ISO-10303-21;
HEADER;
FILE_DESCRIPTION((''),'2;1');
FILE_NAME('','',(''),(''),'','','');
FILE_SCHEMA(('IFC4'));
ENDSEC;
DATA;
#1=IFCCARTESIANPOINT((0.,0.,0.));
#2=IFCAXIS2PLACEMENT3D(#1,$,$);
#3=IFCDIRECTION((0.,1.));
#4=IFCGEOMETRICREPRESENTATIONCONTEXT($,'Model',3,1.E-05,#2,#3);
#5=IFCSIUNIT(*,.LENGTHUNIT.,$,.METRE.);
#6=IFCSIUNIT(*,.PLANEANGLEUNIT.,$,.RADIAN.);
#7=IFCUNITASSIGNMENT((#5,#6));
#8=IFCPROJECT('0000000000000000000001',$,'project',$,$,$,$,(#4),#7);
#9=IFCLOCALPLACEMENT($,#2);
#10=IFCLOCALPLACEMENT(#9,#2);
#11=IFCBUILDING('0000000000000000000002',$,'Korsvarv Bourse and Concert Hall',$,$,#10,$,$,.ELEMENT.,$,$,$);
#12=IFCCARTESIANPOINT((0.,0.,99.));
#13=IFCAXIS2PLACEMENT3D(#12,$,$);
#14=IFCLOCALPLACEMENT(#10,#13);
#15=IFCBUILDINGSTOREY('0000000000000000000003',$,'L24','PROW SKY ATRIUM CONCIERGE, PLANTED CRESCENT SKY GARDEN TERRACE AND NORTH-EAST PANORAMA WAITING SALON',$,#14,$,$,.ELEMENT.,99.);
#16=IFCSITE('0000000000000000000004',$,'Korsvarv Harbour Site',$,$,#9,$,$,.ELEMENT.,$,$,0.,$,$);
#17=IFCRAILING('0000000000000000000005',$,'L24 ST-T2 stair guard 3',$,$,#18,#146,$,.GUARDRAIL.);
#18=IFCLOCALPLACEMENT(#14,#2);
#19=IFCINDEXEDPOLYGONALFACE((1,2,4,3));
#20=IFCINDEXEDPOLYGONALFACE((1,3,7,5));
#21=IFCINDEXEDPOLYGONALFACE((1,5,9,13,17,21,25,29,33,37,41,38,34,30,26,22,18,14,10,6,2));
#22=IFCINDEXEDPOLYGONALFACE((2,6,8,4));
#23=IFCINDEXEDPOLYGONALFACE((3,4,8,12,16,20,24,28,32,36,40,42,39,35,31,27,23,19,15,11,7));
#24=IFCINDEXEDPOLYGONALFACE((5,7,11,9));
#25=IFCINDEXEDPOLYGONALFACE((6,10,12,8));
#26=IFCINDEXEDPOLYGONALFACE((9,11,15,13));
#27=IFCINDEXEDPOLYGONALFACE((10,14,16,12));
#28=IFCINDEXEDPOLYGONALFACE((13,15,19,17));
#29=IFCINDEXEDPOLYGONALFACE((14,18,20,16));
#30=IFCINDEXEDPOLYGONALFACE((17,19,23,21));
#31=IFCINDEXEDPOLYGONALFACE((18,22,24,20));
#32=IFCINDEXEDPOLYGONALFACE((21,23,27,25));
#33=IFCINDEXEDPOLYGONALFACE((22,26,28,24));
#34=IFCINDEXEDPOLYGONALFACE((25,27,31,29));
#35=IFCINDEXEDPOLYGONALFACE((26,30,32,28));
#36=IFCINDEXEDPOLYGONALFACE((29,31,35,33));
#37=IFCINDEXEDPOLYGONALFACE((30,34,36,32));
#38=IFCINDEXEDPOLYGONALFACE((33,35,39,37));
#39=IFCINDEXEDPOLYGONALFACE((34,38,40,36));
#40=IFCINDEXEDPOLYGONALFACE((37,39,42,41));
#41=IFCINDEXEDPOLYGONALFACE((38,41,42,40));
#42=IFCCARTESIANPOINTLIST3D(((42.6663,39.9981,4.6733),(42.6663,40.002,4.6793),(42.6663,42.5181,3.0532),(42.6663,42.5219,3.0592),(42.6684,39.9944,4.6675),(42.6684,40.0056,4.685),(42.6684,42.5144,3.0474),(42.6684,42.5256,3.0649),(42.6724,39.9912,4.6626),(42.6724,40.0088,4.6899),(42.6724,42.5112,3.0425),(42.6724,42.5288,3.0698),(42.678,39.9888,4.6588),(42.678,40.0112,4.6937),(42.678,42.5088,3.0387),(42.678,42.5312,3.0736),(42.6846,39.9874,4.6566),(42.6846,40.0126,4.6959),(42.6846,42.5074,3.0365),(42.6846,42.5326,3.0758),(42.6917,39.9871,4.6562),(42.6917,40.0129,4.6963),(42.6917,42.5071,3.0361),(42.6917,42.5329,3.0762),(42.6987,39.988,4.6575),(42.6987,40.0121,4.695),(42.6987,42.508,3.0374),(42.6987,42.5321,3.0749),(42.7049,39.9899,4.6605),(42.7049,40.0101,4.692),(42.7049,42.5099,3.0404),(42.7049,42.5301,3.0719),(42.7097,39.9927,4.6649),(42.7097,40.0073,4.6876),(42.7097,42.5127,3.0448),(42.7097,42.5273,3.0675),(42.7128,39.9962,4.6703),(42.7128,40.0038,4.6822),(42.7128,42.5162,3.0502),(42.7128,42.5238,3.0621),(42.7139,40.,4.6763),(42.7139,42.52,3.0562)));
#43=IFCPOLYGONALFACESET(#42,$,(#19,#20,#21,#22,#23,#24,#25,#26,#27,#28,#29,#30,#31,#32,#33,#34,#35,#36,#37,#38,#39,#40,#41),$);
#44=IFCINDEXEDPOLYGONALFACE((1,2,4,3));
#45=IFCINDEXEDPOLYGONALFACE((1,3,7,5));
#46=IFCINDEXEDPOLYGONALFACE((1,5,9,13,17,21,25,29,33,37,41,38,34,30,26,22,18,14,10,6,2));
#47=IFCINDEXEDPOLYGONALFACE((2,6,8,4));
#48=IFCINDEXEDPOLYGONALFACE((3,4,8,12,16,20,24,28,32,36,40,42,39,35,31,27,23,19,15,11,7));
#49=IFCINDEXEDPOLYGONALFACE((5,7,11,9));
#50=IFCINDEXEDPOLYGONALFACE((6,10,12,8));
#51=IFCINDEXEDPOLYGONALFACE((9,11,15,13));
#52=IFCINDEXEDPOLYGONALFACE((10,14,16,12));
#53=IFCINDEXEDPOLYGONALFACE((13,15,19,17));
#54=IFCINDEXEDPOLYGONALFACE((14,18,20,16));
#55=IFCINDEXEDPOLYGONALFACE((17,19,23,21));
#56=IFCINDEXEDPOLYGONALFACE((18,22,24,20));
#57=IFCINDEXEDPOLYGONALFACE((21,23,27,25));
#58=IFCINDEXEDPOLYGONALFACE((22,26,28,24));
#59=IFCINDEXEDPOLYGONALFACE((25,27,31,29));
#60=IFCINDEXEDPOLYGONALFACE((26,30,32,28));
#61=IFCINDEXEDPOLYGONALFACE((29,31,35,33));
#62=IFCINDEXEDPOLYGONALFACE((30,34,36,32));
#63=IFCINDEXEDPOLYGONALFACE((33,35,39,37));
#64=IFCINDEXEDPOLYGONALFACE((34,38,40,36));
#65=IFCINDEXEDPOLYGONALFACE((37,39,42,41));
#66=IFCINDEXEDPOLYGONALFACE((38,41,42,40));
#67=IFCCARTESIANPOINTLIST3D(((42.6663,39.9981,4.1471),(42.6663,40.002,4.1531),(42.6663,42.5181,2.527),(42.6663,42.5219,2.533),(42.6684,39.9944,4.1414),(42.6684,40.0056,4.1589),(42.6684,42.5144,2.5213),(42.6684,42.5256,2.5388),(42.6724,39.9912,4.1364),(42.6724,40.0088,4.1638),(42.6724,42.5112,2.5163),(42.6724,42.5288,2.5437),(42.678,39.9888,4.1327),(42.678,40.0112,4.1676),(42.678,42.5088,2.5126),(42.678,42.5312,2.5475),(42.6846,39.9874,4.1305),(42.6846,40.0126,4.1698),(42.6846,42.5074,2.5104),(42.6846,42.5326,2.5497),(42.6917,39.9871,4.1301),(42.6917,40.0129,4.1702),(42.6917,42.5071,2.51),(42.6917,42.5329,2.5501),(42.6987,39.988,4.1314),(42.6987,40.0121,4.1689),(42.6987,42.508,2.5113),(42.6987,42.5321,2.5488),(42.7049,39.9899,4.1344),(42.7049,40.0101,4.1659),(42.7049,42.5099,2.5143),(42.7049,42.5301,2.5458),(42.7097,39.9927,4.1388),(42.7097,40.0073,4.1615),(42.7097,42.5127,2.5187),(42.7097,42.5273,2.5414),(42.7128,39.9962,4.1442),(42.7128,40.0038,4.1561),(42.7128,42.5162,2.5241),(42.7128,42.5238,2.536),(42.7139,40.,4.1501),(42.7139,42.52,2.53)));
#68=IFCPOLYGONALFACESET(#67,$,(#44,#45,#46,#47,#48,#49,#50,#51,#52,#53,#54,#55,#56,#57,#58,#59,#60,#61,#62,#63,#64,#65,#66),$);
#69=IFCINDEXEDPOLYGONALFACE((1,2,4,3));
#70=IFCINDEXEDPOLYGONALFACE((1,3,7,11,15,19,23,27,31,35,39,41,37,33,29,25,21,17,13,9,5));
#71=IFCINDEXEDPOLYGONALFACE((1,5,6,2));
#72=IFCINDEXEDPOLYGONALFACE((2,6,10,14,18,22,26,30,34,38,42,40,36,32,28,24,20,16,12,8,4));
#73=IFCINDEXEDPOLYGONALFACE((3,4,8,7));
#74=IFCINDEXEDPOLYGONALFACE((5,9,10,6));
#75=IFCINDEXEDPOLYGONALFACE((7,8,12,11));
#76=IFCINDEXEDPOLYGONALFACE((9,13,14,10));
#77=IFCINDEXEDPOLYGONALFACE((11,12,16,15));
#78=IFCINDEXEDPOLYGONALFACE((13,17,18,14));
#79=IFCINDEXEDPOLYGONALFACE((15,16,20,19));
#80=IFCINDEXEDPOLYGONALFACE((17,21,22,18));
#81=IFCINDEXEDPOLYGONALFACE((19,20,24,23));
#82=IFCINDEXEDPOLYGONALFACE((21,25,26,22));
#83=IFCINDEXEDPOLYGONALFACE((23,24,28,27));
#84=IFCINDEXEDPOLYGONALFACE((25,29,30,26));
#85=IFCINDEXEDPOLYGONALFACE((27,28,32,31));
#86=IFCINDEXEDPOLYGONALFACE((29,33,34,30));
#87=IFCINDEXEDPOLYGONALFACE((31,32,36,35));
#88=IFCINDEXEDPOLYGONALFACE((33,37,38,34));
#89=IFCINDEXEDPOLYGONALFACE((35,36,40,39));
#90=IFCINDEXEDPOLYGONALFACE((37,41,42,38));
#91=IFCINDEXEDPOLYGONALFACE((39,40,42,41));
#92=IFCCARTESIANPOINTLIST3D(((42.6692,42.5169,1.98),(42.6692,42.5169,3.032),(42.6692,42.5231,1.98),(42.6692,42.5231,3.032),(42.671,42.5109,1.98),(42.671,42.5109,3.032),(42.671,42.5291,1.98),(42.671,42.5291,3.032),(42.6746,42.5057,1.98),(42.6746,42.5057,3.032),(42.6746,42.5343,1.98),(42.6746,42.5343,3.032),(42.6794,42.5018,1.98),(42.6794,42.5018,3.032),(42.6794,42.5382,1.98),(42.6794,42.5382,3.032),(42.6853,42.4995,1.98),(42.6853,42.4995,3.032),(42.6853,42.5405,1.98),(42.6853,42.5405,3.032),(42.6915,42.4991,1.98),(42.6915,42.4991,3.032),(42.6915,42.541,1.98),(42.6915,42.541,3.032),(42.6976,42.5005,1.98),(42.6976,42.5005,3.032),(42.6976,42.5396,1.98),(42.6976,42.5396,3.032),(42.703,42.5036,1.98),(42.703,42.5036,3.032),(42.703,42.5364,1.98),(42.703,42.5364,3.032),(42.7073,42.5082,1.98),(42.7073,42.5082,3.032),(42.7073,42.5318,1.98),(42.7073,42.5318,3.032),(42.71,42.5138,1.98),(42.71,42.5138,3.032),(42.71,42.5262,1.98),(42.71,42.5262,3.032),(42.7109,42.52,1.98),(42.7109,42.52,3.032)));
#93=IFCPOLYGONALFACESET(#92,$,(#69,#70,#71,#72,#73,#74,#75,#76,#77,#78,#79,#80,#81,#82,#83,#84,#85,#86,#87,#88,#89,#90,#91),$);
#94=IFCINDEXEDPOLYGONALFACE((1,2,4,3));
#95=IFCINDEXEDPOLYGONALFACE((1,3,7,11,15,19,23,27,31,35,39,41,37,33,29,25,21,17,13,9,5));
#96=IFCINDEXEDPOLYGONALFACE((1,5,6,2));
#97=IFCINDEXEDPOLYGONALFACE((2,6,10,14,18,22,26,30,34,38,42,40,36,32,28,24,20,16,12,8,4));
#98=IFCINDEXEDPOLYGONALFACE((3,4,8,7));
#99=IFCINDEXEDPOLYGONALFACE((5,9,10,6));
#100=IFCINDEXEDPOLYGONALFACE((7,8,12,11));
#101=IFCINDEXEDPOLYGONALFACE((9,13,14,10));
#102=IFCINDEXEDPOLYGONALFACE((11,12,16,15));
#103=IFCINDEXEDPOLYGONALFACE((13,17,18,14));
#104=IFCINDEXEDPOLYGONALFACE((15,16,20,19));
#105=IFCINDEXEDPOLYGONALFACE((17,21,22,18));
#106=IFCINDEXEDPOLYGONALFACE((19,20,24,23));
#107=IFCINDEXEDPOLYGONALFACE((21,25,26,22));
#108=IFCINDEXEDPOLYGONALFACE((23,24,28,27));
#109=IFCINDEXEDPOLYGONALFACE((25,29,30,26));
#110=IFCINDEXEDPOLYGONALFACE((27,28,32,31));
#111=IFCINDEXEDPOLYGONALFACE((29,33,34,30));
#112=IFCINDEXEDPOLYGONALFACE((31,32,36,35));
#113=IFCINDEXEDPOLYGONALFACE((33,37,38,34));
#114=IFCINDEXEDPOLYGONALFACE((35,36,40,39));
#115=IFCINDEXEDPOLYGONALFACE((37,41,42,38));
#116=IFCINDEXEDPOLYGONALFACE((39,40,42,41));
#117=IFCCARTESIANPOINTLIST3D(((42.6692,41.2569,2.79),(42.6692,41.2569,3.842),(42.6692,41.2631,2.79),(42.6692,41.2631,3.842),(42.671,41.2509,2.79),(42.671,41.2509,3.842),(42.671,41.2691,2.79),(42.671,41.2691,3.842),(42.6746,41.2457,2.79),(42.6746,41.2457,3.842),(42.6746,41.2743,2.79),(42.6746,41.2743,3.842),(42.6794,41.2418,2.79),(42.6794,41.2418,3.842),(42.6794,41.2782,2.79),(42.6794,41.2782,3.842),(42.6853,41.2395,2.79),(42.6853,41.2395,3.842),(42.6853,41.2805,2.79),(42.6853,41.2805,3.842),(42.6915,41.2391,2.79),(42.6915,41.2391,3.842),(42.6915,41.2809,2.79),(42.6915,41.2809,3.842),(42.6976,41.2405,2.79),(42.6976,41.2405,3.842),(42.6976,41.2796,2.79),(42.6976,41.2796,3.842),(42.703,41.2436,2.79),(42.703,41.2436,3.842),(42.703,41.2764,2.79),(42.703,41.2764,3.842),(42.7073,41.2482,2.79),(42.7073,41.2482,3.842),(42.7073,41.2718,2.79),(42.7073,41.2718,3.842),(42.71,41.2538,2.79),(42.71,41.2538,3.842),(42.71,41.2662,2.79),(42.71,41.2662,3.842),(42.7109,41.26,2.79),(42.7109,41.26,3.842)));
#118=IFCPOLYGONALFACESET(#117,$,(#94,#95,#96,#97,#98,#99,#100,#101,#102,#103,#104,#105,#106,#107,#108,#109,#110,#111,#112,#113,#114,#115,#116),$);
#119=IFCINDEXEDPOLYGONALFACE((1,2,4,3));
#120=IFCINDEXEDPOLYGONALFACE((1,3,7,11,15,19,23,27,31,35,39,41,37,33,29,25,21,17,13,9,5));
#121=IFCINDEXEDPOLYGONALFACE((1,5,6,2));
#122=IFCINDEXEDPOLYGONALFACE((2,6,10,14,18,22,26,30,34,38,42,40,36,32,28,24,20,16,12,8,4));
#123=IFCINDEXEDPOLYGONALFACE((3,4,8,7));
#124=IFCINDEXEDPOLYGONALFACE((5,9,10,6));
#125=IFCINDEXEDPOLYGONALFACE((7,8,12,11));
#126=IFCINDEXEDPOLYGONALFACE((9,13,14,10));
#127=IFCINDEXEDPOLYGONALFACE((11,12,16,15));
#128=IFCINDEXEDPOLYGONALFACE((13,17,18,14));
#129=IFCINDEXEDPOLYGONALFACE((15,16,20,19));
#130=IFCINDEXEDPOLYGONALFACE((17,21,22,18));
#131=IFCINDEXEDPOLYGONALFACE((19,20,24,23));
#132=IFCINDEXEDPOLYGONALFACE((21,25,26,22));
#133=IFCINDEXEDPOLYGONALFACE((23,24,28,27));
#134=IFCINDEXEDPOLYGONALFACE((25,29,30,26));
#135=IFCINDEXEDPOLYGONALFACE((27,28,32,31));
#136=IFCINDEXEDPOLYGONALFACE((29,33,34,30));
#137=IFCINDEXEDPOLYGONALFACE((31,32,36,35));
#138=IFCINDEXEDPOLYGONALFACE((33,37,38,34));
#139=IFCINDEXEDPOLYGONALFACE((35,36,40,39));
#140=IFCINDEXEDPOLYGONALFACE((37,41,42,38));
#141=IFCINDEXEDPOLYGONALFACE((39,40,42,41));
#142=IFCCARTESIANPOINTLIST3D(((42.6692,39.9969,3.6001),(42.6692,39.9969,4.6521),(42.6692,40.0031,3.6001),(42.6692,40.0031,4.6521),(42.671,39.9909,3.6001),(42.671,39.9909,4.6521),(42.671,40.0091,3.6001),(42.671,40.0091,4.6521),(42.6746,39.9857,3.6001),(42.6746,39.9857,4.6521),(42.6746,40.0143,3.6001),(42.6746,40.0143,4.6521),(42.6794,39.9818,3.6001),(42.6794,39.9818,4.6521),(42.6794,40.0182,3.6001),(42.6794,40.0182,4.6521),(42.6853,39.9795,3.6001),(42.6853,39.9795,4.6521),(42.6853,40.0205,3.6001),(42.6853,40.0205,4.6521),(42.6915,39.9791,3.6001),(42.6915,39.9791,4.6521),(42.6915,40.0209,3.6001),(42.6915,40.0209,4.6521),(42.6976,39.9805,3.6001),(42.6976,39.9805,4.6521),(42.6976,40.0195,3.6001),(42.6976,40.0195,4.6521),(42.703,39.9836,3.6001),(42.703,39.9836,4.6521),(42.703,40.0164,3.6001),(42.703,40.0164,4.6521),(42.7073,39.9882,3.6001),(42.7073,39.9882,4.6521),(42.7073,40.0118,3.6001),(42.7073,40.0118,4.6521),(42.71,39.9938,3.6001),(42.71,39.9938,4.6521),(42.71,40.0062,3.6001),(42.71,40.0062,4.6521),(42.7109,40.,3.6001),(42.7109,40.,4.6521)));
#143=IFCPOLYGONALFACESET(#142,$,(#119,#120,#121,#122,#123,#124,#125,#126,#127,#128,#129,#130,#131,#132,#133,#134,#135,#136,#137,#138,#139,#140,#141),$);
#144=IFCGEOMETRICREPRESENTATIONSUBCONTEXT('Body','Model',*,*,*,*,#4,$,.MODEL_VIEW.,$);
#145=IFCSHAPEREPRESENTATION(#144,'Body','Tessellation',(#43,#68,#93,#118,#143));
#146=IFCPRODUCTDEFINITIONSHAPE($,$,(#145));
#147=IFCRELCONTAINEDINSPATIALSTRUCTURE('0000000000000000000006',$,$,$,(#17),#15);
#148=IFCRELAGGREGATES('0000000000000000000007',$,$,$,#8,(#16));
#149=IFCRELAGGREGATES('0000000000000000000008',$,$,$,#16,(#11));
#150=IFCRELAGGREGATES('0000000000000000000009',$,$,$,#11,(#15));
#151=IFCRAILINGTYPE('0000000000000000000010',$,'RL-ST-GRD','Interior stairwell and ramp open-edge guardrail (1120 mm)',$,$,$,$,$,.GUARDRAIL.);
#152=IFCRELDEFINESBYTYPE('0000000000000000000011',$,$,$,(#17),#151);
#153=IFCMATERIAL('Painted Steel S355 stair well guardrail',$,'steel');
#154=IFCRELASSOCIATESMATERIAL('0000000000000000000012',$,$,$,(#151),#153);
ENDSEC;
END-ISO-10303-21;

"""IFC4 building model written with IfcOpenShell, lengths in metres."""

from ifc_helpers import new_model, si_unit, direction, frame, origin, origin_2d, place, context, subcontext, project, spatial, circle, extrude, material, type_object, element, save


model = new_model("IFC4")

# Units and contexts
model_context = context("Model", 3, precision=1e-05, world=origin(), true_north=direction((0.0, 1.0)))
body_context = subcontext(model_context, "Body", "Model", "MODEL_VIEW")
ifc_project = project(units=[si_unit("LENGTHUNIT", "METRE"), si_unit("PLANEANGLEUNIT", "RADIAN")], contexts=[model_context])

# Site, building, storey
site_placement = place(None, origin())
site = spatial("IfcSite", under=ifc_project, at=site_placement, Name="Korsvarv Harbour Site", CompositionType="ELEMENT", RefElevation=0.0)
building_placement = place(site_placement, origin())
building = spatial("IfcBuilding", under=site, at=building_placement, Name="Korsvarv Bourse and Concert Hall", CompositionType="ELEMENT")
storey_placement = place(building_placement, frame((0.0, 0.0, 99.0)))
storey = spatial("IfcBuildingStorey", under=building, at=storey_placement, Name="L24", Description="PROW SKY ATRIUM CONCIERGE, PLANTED CRESCENT SKY GARDEN TERRACE AND NORTH-EAST PANORAMA WAITING SALON", CompositionType="ELEMENT", Elevation=99.0)

# Railing
ifc_material_1 = material(Name="Painted Steel S355 stair well guardrail", Category="steel")
railing_type_1 = type_object("IfcRailingType", Name="RL-ST-GRD", Description="Interior stairwell and ramp open-edge guardrail (1120 mm)", PredefinedType="GUARDRAIL", material=ifc_material_1)
railing_1_placement = place(storey_placement, frame((42.6899, 42.52, 1.98)))
element("IfcRailing", 1, at=railing_1_placement, inside=storey, type_object=railing_type_1, Name="L24 ST-T2 stair guard 3", PredefinedType="GUARDRAIL", context=body_context, shape_type="SweptSolid", body=[
    extrude(circle(Radius=0.0239, at=origin_2d()), frame((0.0, 0.0, 1.0762), z_axis=(0.0, -0.841163, 0.540782), x_axis=(1.0, 0.0, 0.0)), (0.0, 0.0, 1.0), 2.9958),
    extrude(circle(Radius=0.0239, at=origin_2d()), frame((0.0, 0.0, 0.55), z_axis=(0.0, -0.841163, 0.540782), x_axis=(1.0, 0.0, 0.0)), (0.0, 0.0, 1.0), 2.9958),
    extrude(circle(Radius=0.021, at=origin_2d()), origin(), (0.0, 0.0, 1.0), 1.052),
    extrude(circle(Radius=0.021, at=origin_2d()), frame((0.0, -1.26, 0.8101)), (0.0, 0.0, 1.0), 1.052),
    extrude(circle(Radius=0.021, at=origin_2d()), frame((0.0, -2.52, 1.6201)), (0.0, 0.0, 1.0), 1.052),
])

save(model, "model.ifc")
